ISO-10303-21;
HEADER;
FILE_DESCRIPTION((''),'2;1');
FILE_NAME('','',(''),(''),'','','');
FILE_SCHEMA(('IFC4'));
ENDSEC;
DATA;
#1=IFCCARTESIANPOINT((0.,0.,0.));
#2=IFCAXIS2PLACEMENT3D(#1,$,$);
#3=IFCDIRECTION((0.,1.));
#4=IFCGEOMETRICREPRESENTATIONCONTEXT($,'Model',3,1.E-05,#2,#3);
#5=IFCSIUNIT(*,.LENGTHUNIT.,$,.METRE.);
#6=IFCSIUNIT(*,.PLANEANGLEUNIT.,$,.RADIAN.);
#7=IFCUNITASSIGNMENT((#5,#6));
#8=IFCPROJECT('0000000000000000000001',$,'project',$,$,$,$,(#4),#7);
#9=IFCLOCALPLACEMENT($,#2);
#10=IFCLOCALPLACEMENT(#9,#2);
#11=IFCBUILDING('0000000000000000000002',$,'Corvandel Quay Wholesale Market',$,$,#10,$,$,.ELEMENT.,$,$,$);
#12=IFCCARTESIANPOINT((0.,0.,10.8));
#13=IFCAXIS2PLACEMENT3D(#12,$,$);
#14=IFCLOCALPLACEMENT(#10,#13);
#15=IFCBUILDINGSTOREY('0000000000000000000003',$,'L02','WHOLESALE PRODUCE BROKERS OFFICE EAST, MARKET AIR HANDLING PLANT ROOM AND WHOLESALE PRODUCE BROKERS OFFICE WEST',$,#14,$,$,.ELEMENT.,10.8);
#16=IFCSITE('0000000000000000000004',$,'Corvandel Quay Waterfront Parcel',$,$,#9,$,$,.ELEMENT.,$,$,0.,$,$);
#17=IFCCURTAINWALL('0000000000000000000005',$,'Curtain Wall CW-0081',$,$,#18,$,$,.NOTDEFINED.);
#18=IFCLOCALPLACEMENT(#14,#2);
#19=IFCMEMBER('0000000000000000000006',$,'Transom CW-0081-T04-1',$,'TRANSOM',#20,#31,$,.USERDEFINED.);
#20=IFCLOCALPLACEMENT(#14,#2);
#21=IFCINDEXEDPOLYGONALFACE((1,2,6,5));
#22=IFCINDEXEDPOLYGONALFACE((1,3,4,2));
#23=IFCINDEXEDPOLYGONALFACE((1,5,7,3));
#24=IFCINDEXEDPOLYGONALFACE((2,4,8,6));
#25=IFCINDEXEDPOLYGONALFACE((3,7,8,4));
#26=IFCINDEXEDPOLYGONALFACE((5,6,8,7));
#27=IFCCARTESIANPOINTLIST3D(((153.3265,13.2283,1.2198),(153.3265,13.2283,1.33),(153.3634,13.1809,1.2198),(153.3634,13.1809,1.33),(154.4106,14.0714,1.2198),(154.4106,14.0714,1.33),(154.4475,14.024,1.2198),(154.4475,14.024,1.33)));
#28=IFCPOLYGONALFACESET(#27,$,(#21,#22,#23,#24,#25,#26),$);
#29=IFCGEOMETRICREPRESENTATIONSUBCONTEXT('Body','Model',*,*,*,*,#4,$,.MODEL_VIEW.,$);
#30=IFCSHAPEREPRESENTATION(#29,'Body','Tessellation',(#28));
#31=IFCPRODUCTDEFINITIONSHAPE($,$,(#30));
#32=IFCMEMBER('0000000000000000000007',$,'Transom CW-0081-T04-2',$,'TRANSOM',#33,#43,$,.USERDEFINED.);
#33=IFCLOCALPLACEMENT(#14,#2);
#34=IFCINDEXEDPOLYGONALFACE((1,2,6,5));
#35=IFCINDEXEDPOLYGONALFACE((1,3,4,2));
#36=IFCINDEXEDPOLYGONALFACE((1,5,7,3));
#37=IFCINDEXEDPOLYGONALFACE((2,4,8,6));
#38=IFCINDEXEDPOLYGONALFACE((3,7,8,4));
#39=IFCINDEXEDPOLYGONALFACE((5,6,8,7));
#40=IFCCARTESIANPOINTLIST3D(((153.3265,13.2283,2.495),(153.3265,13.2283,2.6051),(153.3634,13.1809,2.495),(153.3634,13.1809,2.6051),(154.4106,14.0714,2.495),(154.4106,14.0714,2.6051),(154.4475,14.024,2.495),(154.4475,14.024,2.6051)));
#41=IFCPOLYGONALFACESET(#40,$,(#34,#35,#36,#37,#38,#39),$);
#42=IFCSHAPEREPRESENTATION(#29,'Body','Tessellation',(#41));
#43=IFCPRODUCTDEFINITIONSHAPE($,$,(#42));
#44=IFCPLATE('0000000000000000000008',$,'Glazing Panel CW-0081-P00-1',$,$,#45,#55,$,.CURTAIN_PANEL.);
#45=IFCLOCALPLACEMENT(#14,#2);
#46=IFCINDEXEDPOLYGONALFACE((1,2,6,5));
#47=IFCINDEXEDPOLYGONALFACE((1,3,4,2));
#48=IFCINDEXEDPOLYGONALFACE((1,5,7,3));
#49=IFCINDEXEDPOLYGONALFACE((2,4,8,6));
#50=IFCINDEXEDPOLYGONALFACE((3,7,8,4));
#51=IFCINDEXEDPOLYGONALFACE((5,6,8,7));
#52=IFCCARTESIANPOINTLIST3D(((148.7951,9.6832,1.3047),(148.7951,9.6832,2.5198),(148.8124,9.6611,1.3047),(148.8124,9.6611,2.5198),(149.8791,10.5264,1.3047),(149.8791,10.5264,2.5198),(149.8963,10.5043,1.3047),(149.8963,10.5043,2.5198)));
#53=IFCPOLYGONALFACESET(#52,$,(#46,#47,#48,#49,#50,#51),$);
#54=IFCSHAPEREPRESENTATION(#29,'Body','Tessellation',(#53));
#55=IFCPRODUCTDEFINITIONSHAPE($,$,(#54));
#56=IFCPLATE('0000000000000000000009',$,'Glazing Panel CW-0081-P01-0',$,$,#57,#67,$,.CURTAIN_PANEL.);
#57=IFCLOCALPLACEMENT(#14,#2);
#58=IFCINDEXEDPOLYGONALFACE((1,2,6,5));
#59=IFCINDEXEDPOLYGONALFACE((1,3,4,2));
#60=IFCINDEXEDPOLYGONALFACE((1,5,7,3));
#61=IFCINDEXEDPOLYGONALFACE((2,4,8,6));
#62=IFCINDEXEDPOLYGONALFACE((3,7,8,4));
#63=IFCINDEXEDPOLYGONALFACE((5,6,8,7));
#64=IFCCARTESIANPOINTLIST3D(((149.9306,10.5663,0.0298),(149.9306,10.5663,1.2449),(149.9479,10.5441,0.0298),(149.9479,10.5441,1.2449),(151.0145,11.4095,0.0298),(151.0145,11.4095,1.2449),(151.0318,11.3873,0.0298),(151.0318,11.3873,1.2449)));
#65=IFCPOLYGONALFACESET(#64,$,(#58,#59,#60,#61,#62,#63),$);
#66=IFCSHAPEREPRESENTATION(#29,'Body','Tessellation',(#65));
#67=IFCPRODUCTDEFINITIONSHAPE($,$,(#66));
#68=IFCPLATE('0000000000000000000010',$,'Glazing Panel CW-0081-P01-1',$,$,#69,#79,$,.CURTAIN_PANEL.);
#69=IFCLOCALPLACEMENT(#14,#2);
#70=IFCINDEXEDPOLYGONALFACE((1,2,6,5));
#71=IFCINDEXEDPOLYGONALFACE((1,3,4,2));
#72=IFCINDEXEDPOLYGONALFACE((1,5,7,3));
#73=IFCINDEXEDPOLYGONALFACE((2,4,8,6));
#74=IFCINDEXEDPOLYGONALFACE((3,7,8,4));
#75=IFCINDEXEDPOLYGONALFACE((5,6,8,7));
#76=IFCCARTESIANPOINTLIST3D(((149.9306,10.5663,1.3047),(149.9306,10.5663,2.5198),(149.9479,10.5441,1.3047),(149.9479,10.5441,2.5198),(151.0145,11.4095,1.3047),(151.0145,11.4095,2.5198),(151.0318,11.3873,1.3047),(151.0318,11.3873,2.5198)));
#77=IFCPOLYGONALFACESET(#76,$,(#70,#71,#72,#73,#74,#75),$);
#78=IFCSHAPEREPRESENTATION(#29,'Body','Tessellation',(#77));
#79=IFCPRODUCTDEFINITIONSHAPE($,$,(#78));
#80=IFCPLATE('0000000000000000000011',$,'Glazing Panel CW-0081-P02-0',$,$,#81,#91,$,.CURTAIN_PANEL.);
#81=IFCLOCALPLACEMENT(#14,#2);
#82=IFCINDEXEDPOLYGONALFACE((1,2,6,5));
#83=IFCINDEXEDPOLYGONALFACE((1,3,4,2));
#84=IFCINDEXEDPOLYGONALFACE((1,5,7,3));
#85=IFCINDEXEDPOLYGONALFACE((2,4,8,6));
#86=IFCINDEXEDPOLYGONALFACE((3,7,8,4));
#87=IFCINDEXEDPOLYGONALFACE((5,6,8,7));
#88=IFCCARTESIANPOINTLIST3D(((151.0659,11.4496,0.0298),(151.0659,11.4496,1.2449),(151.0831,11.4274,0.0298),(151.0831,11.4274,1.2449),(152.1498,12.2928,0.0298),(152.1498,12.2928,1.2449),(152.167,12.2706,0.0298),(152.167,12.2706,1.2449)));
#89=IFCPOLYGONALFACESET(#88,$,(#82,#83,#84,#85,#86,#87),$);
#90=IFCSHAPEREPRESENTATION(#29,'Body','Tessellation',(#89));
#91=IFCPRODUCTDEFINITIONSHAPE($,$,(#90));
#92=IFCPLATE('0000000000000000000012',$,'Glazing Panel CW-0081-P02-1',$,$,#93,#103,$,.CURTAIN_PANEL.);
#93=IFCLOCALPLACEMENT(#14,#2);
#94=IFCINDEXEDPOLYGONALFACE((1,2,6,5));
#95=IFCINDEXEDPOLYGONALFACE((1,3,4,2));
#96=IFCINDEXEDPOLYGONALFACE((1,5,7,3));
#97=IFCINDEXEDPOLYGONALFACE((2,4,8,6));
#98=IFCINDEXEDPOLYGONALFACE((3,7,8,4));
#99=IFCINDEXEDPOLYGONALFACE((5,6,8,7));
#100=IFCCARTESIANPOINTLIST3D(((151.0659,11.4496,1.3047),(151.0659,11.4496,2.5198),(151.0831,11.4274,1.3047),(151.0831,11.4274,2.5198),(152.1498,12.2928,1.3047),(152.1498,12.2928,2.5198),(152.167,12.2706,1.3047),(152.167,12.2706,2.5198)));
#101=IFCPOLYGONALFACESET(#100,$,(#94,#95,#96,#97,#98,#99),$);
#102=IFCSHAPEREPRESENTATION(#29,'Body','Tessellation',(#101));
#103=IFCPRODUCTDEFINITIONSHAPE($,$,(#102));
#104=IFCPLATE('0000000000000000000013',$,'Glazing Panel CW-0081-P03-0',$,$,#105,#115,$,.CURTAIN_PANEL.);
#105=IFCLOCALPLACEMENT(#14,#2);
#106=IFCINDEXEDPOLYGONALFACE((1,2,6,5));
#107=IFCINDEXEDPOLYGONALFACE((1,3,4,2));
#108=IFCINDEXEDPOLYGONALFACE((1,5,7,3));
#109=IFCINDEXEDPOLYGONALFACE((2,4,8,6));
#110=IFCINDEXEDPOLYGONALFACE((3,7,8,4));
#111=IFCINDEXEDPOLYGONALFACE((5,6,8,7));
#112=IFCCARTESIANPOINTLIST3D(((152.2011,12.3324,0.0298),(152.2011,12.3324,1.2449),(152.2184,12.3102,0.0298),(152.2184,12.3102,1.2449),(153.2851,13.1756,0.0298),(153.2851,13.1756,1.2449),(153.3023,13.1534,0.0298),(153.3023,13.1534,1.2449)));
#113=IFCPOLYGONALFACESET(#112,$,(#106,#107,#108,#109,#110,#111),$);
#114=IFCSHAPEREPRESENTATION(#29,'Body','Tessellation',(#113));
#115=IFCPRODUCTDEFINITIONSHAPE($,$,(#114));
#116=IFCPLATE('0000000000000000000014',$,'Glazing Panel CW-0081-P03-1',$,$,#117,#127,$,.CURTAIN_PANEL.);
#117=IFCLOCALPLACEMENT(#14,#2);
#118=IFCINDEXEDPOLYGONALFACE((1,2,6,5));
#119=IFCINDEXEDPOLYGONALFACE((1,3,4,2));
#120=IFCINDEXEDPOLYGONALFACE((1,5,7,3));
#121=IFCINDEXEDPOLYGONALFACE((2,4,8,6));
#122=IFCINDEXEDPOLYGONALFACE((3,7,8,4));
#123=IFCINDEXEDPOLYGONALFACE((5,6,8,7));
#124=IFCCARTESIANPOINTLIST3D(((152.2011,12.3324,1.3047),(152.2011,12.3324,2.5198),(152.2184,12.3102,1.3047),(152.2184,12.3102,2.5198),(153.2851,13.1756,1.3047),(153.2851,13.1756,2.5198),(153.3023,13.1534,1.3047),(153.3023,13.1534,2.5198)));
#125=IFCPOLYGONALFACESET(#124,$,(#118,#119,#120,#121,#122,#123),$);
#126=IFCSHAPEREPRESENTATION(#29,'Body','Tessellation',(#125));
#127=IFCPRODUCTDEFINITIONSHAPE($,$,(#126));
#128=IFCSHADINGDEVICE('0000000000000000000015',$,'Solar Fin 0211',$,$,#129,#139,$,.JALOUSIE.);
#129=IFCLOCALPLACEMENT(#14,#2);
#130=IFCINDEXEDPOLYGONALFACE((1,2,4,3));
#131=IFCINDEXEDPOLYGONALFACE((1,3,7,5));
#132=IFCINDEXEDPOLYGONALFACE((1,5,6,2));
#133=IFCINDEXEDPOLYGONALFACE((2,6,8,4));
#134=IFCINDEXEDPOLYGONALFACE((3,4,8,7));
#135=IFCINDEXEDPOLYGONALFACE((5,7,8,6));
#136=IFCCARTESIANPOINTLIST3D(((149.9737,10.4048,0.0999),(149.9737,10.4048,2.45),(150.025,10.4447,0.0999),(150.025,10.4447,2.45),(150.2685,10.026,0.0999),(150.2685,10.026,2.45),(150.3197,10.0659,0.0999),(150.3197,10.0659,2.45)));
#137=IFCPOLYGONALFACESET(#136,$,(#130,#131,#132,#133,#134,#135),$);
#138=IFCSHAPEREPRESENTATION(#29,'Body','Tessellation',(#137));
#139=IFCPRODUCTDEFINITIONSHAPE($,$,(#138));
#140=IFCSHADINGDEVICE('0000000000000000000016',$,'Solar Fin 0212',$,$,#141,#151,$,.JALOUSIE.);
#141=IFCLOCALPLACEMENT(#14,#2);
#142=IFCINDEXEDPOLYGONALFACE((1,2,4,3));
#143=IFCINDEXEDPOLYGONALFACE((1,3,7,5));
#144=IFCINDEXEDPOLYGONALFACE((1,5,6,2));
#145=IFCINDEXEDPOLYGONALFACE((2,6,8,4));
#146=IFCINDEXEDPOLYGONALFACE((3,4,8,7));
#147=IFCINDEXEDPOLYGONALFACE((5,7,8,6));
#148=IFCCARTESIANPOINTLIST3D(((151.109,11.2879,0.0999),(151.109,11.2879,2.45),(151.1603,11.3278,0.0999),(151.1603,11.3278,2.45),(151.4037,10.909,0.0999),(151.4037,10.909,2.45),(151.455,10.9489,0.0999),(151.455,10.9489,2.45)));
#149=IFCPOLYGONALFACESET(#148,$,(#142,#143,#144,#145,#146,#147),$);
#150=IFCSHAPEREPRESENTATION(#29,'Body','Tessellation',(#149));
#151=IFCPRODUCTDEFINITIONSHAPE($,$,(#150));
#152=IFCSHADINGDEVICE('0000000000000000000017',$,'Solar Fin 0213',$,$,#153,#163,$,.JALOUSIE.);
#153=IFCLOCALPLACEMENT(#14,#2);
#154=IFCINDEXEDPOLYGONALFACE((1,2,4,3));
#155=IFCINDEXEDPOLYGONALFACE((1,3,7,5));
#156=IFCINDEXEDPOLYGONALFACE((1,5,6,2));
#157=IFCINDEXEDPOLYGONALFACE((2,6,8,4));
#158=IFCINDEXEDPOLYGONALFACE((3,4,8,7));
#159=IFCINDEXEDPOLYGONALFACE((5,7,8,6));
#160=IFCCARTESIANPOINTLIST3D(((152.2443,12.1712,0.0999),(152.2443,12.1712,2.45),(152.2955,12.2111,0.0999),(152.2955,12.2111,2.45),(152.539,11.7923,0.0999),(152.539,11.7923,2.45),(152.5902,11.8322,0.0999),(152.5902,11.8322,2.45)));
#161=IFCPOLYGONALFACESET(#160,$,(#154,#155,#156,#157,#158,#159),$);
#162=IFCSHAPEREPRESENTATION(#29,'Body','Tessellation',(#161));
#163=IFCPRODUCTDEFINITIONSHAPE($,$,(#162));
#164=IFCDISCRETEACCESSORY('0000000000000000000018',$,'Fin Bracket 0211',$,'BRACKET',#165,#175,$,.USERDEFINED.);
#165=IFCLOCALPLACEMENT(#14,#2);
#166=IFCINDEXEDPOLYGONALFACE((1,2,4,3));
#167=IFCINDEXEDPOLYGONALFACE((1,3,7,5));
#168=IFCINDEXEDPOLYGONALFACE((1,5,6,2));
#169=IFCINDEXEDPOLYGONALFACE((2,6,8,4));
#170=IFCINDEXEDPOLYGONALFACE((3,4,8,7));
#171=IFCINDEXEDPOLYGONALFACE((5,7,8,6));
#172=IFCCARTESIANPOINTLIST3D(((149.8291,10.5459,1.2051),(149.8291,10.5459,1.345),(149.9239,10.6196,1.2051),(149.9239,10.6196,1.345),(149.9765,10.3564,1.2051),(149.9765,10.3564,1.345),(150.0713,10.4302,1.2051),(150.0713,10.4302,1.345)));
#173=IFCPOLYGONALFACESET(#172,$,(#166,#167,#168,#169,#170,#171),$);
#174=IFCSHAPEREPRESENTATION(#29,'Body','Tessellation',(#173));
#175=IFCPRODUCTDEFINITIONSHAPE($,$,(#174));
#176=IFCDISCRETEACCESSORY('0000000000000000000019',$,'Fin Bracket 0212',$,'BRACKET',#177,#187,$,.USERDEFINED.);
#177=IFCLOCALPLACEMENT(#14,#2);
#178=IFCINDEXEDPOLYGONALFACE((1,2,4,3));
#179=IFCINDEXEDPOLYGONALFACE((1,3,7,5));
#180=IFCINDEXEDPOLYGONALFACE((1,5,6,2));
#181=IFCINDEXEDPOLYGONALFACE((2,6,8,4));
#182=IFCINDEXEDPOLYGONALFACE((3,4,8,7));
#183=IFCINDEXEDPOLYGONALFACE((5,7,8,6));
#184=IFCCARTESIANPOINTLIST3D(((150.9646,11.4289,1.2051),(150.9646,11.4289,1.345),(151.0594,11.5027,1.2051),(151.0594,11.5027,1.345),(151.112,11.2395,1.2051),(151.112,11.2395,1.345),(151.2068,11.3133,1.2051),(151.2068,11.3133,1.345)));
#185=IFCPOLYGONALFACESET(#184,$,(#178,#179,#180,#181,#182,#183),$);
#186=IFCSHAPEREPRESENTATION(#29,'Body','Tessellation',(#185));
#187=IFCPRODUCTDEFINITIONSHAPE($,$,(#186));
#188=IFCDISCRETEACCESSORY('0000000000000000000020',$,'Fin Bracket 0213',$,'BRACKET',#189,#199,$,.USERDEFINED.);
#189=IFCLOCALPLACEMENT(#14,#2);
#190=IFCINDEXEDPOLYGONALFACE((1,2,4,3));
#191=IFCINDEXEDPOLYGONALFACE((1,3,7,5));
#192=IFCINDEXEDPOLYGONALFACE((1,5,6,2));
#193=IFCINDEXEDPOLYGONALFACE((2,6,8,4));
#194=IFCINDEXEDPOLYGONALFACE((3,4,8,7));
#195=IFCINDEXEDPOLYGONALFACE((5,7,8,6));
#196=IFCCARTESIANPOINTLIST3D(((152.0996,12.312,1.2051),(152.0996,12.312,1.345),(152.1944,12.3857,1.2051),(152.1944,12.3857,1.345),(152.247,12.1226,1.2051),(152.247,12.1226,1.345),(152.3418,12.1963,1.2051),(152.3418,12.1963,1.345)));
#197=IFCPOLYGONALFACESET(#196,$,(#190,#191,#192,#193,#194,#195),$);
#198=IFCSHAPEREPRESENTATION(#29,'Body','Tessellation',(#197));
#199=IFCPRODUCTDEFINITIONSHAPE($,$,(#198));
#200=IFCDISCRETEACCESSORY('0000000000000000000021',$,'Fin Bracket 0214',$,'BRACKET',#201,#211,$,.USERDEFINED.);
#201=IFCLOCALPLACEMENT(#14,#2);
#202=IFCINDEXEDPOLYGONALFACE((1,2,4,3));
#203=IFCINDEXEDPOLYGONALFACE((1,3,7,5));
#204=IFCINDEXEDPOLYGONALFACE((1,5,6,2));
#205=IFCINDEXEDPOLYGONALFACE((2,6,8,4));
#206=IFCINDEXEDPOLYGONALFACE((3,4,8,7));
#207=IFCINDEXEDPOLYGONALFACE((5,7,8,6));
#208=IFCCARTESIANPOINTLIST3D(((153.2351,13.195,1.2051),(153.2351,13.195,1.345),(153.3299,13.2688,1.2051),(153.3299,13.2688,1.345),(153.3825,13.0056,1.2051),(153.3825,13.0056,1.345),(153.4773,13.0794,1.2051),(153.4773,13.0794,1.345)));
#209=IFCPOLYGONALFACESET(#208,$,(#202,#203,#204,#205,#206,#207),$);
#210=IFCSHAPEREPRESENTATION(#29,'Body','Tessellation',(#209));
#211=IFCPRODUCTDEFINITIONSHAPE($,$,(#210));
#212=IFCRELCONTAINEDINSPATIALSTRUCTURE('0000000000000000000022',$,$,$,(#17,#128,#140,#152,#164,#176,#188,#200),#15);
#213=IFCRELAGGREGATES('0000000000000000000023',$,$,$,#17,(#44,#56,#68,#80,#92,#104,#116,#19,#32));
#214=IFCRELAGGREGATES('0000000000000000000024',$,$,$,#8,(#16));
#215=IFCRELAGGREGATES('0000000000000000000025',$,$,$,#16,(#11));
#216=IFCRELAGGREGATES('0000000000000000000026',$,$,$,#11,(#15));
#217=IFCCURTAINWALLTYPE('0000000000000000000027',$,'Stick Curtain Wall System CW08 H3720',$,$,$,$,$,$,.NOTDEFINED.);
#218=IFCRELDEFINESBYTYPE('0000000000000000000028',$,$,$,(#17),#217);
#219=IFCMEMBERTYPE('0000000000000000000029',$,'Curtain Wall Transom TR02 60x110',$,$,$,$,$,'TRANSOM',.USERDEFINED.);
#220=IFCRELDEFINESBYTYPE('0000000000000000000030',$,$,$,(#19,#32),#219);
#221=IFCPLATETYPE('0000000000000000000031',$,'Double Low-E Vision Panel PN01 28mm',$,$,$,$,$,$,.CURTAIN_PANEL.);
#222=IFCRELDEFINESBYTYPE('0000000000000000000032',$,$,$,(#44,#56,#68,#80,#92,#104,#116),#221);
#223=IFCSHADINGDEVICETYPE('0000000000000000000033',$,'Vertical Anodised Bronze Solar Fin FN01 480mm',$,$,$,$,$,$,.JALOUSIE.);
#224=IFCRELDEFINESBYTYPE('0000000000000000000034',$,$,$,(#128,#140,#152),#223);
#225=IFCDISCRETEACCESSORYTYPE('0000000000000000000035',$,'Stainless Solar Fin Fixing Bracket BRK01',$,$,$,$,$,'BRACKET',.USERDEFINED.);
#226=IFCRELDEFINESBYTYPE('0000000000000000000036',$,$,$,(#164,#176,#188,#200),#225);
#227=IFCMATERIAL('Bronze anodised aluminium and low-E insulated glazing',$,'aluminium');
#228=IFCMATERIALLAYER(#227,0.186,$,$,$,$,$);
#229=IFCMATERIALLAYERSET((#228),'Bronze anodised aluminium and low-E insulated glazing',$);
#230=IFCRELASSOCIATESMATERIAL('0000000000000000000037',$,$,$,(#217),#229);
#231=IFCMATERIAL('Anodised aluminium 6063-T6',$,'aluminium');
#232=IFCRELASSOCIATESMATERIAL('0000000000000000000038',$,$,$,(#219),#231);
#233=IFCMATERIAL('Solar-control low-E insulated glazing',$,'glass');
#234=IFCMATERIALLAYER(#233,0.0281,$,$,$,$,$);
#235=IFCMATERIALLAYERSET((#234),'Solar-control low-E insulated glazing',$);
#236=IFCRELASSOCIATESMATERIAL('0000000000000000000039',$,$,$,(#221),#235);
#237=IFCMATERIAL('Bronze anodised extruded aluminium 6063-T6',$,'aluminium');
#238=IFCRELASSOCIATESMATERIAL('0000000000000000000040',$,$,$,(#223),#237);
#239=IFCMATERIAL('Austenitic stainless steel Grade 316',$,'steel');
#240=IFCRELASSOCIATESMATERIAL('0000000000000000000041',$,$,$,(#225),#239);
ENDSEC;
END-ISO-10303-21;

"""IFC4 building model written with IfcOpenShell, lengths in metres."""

from ifc_helpers import new_model, si_unit, direction, frame, origin, origin_2d, place, context, subcontext, project, spatial, rectangle, extrude, material, layer, layer_set, material_profile, profile_set, type_object, element, aggregate, save


model = new_model("IFC4")

# Units and contexts
model_context = context("Model", 3, precision=1e-05, world=origin(), true_north=direction((0.0, 1.0)))
body_context = subcontext(model_context, "Body", "Model", "MODEL_VIEW")
ifc_project = project(units=[si_unit("LENGTHUNIT", "METRE"), si_unit("PLANEANGLEUNIT", "RADIAN")], contexts=[model_context])

# Site, building, storey
site_placement = place(None, origin())
site = spatial("IfcSite", under=ifc_project, at=site_placement, Name="Corvandel Quay Waterfront Parcel", CompositionType="ELEMENT", RefElevation=0.0)
building_placement = place(site_placement, origin())
building = spatial("IfcBuilding", under=site, at=building_placement, Name="Corvandel Quay Wholesale Market", CompositionType="ELEMENT")
storey_placement = place(building_placement, frame((0.0, 0.0, 10.8)))
storey = spatial("IfcBuildingStorey", under=building, at=storey_placement, Name="L02", Description="WHOLESALE PRODUCE BROKERS OFFICE EAST, MARKET AIR HANDLING PLANT ROOM AND WHOLESALE PRODUCE BROKERS OFFICE WEST", CompositionType="ELEMENT", Elevation=10.8)

# Curtain wall, members, plates
ifc_material_1 = material(Name="Bronze anodised aluminium and low-E insulated glazing", Category="aluminium")
ifc_layer_1 = layer(ifc_material_1, 0.186)
ifc_layer_set_1 = layer_set([ifc_layer_1], Name="Bronze anodised aluminium and low-E insulated glazing")
curtain_wall_type = type_object("IfcCurtainWallType", Name="Stick Curtain Wall System CW08 H3720", PredefinedType="NOTDEFINED", material=ifc_layer_set_1)
curtain_wall_placement = place(storey_placement, origin())
curtain_wall = element("IfcCurtainWall", 1, at=curtain_wall_placement, inside=storey, type_object=curtain_wall_type, Name="Curtain Wall CW-0081", PredefinedType="NOTDEFINED")
ifc_material_2 = material(Name="Anodised aluminium 6063-T6", Category="aluminium")
ifc_material_profile_1 = material_profile(ifc_material_2, rectangle(XDim=0.0601, YDim=0.1101, at=origin_2d()), Name="ALU-TRN-60x110")
ifc_profile_set_1 = profile_set([ifc_material_profile_1], Name="Anodised aluminium 6063-T6")
member_type_1 = type_object("IfcMemberType", Name="Curtain Wall Transom TR02 60x110", ElementType="TRANSOM", PredefinedType="USERDEFINED", material=ifc_profile_set_1)
member_1_placement = place(storey_placement, frame((153.345, 13.2046, 1.2749), z_axis=(0.789381, 0.613904, 0.0), x_axis=(-0.613904, 0.789381, 0.0)))
member_1 = element("IfcMember", 2, at=member_1_placement, type_object=member_type_1, Name="Transom CW-0081-T04-1", ObjectType="TRANSOM", PredefinedType="USERDEFINED", context=body_context, shape_type="SweptSolid", body=[
    extrude(rectangle(XDim=0.0601, YDim=0.1101, at=origin_2d()), origin(), (0.0, 0.0, 1.0), 1.3733),
])
member_2_placement = place(storey_placement, frame((153.345, 13.2046, 2.55), z_axis=(0.789381, 0.613904, 0.0), x_axis=(-0.613904, 0.789381, 0.0)))
member_2 = element("IfcMember", 3, at=member_2_placement, type_object=member_type_1, Name="Transom CW-0081-T04-2", ObjectType="TRANSOM", PredefinedType="USERDEFINED", context=body_context, shape_type="SweptSolid", body=[
    extrude(rectangle(XDim=0.0601, YDim=0.1101, at=origin_2d()), origin(), (0.0, 0.0, 1.0), 1.3733),
])
ifc_material_3 = material(Name="Solar-control low-E insulated glazing", Category="glass")
ifc_layer_2 = layer(ifc_material_3, 0.0281)
ifc_layer_set_2 = layer_set([ifc_layer_2], Name="Solar-control low-E insulated glazing")
plate_type = type_object("IfcPlateType", Name="Double Low-E Vision Panel PN01 28mm", PredefinedType="CURTAIN_PANEL", material=ifc_layer_set_2)
plate_1_placement = place(storey_placement, frame((149.3457, 10.0938, 1.3047), z_axis=(0.0, 0.0, 1.0), x_axis=(0.789298, 0.61401, 0.0)))
plate_1 = element("IfcPlate", 4, at=plate_1_placement, type_object=plate_type, Name="Glazing Panel CW-0081-P00-1", PredefinedType="CURTAIN_PANEL", context=body_context, shape_type="SweptSolid", body=[
    extrude(rectangle(XDim=1.3733, YDim=0.0281, at=origin_2d()), origin(), (0.0, 0.0, 1.0), 1.2151),
])
plate_2_placement = place(storey_placement, frame((150.4812, 10.9768, 0.0298), z_axis=(0.0, 0.0, 1.0), x_axis=(0.789298, 0.61401, 0.0)))
plate_2 = element("IfcPlate", 5, at=plate_2_placement, type_object=plate_type, Name="Glazing Panel CW-0081-P01-0", PredefinedType="CURTAIN_PANEL", context=body_context, shape_type="SweptSolid", body=[
    extrude(rectangle(XDim=1.3733, YDim=0.0281, at=origin_2d()), origin(), (0.0, 0.0, 1.0), 1.2151),
])
plate_3_placement = place(storey_placement, frame((150.4812, 10.9768, 1.3047), z_axis=(0.0, 0.0, 1.0), x_axis=(0.789298, 0.61401, 0.0)))
plate_3 = element("IfcPlate", 6, at=plate_3_placement, type_object=plate_type, Name="Glazing Panel CW-0081-P01-1", PredefinedType="CURTAIN_PANEL", context=body_context, shape_type="SweptSolid", body=[
    extrude(rectangle(XDim=1.3733, YDim=0.0281, at=origin_2d()), origin(), (0.0, 0.0, 1.0), 1.2151),
])
plate_4_placement = place(storey_placement, frame((151.6165, 11.8601, 0.0298), z_axis=(0.0, 0.0, 1.0), x_axis=(0.789298, 0.61401, 0.0)))
plate_4 = element("IfcPlate", 7, at=plate_4_placement, type_object=plate_type, Name="Glazing Panel CW-0081-P02-0", PredefinedType="CURTAIN_PANEL", context=body_context, shape_type="SweptSolid", body=[
    extrude(rectangle(XDim=1.3733, YDim=0.0281, at=origin_2d()), origin(), (0.0, 0.0, 1.0), 1.2151),
])
plate_5_placement = place(storey_placement, frame((151.6165, 11.8601, 1.3047), z_axis=(0.0, 0.0, 1.0), x_axis=(0.789298, 0.61401, 0.0)))
plate_5 = element("IfcPlate", 8, at=plate_5_placement, type_object=plate_type, Name="Glazing Panel CW-0081-P02-1", PredefinedType="CURTAIN_PANEL", context=body_context, shape_type="SweptSolid", body=[
    extrude(rectangle(XDim=1.3733, YDim=0.0281, at=origin_2d()), origin(), (0.0, 0.0, 1.0), 1.2151),
])
plate_6_placement = place(storey_placement, frame((152.7517, 12.7429, 0.0298), z_axis=(0.0, 0.0, 1.0), x_axis=(0.789298, 0.61401, 0.0)))
plate_6 = element("IfcPlate", 9, at=plate_6_placement, type_object=plate_type, Name="Glazing Panel CW-0081-P03-0", PredefinedType="CURTAIN_PANEL", context=body_context, shape_type="SweptSolid", body=[
    extrude(rectangle(XDim=1.3733, YDim=0.0281, at=origin_2d()), origin(), (0.0, 0.0, 1.0), 1.2151),
])
plate_7_placement = place(storey_placement, frame((152.7517, 12.7429, 1.3047), z_axis=(0.0, 0.0, 1.0), x_axis=(0.789298, 0.61401, 0.0)))
plate_7 = element("IfcPlate", 10, at=plate_7_placement, type_object=plate_type, Name="Glazing Panel CW-0081-P03-1", PredefinedType="CURTAIN_PANEL", context=body_context, shape_type="SweptSolid", body=[
    extrude(rectangle(XDim=1.3733, YDim=0.0281, at=origin_2d()), origin(), (0.0, 0.0, 1.0), 1.2151),
])
aggregate(curtain_wall, [plate_1, plate_2, plate_3, plate_4, plate_5, plate_6, plate_7, member_1, member_2])

# Shading devices
ifc_material_4 = material(Name="Bronze anodised extruded aluminium 6063-T6", Category="aluminium")
shading_device_type = type_object("IfcShadingDeviceType", Name="Vertical Anodised Bronze Solar Fin FN01 480mm", PredefinedType="JALOUSIE", material=ifc_material_4)
for number, where, z_axis, x_axis, name in (
    (11, (150.1467, 10.2354, 0.0999), (0.0, 0.0, 1.0), (-0.61401, 0.789298, 0.0), "Solar Fin 0211"),
    (12, (151.282, 11.1184, 0.0999), (0.0, 0.0, 1.0), (-0.61401, 0.789298, 0.0), "Solar Fin 0212"),
    (13, (152.4172, 12.0017, 0.0999), (0.0, 0.0, 1.0), (-0.61401, 0.789298, 0.0), "Solar Fin 0213"),
):
    element("IfcShadingDevice", number, at=place(storey_placement, frame(where, z_axis=z_axis, x_axis=x_axis)), inside=storey, type_object=shading_device_type, Name=name, PredefinedType="JALOUSIE", context=body_context, shape_type="SweptSolid", body=[
        extrude(rectangle(XDim=0.48, YDim=0.0649, at=origin_2d()), origin(), (0.0, 0.0, 1.0), 2.3501),
    ])

# Discrete accessories
ifc_material_5 = material(Name="Austenitic stainless steel Grade 316", Category="steel")
discrete_accessory_type = type_object("IfcDiscreteAccessoryType", Name="Stainless Solar Fin Fixing Bracket BRK01", ElementType="BRACKET", PredefinedType="USERDEFINED", material=ifc_material_5)
for number, where, z_axis, x_axis, name in (
    (14, (149.9502, 10.488, 1.2051), (0.0, 0.0, 1.0), (-0.61401, 0.789298, 0.0), "Fin Bracket 0211"),
    (15, (151.0857, 11.3711, 1.2051), (0.0, 0.0, 1.0), (-0.61401, 0.789298, 0.0), "Fin Bracket 0212"),
    (16, (152.2207, 12.2542, 1.2051), (0.0, 0.0, 1.0), (-0.61401, 0.789298, 0.0), "Fin Bracket 0213"),
    (17, (153.3562, 13.1372, 1.2051), (0.0, 0.0, 1.0), (-0.61401, 0.789298, 0.0), "Fin Bracket 0214"),
):
    element("IfcDiscreteAccessory", number, at=place(storey_placement, frame(where, z_axis=z_axis, x_axis=x_axis)), inside=storey, type_object=discrete_accessory_type, Name=name, ObjectType="BRACKET", PredefinedType="USERDEFINED", context=body_context, shape_type="SweptSolid", body=[
        extrude(rectangle(XDim=0.24, YDim=0.1201, at=origin_2d()), origin(), (0.0, 0.0, 1.0), 0.1399),
    ])

save(model, "model.ifc")
